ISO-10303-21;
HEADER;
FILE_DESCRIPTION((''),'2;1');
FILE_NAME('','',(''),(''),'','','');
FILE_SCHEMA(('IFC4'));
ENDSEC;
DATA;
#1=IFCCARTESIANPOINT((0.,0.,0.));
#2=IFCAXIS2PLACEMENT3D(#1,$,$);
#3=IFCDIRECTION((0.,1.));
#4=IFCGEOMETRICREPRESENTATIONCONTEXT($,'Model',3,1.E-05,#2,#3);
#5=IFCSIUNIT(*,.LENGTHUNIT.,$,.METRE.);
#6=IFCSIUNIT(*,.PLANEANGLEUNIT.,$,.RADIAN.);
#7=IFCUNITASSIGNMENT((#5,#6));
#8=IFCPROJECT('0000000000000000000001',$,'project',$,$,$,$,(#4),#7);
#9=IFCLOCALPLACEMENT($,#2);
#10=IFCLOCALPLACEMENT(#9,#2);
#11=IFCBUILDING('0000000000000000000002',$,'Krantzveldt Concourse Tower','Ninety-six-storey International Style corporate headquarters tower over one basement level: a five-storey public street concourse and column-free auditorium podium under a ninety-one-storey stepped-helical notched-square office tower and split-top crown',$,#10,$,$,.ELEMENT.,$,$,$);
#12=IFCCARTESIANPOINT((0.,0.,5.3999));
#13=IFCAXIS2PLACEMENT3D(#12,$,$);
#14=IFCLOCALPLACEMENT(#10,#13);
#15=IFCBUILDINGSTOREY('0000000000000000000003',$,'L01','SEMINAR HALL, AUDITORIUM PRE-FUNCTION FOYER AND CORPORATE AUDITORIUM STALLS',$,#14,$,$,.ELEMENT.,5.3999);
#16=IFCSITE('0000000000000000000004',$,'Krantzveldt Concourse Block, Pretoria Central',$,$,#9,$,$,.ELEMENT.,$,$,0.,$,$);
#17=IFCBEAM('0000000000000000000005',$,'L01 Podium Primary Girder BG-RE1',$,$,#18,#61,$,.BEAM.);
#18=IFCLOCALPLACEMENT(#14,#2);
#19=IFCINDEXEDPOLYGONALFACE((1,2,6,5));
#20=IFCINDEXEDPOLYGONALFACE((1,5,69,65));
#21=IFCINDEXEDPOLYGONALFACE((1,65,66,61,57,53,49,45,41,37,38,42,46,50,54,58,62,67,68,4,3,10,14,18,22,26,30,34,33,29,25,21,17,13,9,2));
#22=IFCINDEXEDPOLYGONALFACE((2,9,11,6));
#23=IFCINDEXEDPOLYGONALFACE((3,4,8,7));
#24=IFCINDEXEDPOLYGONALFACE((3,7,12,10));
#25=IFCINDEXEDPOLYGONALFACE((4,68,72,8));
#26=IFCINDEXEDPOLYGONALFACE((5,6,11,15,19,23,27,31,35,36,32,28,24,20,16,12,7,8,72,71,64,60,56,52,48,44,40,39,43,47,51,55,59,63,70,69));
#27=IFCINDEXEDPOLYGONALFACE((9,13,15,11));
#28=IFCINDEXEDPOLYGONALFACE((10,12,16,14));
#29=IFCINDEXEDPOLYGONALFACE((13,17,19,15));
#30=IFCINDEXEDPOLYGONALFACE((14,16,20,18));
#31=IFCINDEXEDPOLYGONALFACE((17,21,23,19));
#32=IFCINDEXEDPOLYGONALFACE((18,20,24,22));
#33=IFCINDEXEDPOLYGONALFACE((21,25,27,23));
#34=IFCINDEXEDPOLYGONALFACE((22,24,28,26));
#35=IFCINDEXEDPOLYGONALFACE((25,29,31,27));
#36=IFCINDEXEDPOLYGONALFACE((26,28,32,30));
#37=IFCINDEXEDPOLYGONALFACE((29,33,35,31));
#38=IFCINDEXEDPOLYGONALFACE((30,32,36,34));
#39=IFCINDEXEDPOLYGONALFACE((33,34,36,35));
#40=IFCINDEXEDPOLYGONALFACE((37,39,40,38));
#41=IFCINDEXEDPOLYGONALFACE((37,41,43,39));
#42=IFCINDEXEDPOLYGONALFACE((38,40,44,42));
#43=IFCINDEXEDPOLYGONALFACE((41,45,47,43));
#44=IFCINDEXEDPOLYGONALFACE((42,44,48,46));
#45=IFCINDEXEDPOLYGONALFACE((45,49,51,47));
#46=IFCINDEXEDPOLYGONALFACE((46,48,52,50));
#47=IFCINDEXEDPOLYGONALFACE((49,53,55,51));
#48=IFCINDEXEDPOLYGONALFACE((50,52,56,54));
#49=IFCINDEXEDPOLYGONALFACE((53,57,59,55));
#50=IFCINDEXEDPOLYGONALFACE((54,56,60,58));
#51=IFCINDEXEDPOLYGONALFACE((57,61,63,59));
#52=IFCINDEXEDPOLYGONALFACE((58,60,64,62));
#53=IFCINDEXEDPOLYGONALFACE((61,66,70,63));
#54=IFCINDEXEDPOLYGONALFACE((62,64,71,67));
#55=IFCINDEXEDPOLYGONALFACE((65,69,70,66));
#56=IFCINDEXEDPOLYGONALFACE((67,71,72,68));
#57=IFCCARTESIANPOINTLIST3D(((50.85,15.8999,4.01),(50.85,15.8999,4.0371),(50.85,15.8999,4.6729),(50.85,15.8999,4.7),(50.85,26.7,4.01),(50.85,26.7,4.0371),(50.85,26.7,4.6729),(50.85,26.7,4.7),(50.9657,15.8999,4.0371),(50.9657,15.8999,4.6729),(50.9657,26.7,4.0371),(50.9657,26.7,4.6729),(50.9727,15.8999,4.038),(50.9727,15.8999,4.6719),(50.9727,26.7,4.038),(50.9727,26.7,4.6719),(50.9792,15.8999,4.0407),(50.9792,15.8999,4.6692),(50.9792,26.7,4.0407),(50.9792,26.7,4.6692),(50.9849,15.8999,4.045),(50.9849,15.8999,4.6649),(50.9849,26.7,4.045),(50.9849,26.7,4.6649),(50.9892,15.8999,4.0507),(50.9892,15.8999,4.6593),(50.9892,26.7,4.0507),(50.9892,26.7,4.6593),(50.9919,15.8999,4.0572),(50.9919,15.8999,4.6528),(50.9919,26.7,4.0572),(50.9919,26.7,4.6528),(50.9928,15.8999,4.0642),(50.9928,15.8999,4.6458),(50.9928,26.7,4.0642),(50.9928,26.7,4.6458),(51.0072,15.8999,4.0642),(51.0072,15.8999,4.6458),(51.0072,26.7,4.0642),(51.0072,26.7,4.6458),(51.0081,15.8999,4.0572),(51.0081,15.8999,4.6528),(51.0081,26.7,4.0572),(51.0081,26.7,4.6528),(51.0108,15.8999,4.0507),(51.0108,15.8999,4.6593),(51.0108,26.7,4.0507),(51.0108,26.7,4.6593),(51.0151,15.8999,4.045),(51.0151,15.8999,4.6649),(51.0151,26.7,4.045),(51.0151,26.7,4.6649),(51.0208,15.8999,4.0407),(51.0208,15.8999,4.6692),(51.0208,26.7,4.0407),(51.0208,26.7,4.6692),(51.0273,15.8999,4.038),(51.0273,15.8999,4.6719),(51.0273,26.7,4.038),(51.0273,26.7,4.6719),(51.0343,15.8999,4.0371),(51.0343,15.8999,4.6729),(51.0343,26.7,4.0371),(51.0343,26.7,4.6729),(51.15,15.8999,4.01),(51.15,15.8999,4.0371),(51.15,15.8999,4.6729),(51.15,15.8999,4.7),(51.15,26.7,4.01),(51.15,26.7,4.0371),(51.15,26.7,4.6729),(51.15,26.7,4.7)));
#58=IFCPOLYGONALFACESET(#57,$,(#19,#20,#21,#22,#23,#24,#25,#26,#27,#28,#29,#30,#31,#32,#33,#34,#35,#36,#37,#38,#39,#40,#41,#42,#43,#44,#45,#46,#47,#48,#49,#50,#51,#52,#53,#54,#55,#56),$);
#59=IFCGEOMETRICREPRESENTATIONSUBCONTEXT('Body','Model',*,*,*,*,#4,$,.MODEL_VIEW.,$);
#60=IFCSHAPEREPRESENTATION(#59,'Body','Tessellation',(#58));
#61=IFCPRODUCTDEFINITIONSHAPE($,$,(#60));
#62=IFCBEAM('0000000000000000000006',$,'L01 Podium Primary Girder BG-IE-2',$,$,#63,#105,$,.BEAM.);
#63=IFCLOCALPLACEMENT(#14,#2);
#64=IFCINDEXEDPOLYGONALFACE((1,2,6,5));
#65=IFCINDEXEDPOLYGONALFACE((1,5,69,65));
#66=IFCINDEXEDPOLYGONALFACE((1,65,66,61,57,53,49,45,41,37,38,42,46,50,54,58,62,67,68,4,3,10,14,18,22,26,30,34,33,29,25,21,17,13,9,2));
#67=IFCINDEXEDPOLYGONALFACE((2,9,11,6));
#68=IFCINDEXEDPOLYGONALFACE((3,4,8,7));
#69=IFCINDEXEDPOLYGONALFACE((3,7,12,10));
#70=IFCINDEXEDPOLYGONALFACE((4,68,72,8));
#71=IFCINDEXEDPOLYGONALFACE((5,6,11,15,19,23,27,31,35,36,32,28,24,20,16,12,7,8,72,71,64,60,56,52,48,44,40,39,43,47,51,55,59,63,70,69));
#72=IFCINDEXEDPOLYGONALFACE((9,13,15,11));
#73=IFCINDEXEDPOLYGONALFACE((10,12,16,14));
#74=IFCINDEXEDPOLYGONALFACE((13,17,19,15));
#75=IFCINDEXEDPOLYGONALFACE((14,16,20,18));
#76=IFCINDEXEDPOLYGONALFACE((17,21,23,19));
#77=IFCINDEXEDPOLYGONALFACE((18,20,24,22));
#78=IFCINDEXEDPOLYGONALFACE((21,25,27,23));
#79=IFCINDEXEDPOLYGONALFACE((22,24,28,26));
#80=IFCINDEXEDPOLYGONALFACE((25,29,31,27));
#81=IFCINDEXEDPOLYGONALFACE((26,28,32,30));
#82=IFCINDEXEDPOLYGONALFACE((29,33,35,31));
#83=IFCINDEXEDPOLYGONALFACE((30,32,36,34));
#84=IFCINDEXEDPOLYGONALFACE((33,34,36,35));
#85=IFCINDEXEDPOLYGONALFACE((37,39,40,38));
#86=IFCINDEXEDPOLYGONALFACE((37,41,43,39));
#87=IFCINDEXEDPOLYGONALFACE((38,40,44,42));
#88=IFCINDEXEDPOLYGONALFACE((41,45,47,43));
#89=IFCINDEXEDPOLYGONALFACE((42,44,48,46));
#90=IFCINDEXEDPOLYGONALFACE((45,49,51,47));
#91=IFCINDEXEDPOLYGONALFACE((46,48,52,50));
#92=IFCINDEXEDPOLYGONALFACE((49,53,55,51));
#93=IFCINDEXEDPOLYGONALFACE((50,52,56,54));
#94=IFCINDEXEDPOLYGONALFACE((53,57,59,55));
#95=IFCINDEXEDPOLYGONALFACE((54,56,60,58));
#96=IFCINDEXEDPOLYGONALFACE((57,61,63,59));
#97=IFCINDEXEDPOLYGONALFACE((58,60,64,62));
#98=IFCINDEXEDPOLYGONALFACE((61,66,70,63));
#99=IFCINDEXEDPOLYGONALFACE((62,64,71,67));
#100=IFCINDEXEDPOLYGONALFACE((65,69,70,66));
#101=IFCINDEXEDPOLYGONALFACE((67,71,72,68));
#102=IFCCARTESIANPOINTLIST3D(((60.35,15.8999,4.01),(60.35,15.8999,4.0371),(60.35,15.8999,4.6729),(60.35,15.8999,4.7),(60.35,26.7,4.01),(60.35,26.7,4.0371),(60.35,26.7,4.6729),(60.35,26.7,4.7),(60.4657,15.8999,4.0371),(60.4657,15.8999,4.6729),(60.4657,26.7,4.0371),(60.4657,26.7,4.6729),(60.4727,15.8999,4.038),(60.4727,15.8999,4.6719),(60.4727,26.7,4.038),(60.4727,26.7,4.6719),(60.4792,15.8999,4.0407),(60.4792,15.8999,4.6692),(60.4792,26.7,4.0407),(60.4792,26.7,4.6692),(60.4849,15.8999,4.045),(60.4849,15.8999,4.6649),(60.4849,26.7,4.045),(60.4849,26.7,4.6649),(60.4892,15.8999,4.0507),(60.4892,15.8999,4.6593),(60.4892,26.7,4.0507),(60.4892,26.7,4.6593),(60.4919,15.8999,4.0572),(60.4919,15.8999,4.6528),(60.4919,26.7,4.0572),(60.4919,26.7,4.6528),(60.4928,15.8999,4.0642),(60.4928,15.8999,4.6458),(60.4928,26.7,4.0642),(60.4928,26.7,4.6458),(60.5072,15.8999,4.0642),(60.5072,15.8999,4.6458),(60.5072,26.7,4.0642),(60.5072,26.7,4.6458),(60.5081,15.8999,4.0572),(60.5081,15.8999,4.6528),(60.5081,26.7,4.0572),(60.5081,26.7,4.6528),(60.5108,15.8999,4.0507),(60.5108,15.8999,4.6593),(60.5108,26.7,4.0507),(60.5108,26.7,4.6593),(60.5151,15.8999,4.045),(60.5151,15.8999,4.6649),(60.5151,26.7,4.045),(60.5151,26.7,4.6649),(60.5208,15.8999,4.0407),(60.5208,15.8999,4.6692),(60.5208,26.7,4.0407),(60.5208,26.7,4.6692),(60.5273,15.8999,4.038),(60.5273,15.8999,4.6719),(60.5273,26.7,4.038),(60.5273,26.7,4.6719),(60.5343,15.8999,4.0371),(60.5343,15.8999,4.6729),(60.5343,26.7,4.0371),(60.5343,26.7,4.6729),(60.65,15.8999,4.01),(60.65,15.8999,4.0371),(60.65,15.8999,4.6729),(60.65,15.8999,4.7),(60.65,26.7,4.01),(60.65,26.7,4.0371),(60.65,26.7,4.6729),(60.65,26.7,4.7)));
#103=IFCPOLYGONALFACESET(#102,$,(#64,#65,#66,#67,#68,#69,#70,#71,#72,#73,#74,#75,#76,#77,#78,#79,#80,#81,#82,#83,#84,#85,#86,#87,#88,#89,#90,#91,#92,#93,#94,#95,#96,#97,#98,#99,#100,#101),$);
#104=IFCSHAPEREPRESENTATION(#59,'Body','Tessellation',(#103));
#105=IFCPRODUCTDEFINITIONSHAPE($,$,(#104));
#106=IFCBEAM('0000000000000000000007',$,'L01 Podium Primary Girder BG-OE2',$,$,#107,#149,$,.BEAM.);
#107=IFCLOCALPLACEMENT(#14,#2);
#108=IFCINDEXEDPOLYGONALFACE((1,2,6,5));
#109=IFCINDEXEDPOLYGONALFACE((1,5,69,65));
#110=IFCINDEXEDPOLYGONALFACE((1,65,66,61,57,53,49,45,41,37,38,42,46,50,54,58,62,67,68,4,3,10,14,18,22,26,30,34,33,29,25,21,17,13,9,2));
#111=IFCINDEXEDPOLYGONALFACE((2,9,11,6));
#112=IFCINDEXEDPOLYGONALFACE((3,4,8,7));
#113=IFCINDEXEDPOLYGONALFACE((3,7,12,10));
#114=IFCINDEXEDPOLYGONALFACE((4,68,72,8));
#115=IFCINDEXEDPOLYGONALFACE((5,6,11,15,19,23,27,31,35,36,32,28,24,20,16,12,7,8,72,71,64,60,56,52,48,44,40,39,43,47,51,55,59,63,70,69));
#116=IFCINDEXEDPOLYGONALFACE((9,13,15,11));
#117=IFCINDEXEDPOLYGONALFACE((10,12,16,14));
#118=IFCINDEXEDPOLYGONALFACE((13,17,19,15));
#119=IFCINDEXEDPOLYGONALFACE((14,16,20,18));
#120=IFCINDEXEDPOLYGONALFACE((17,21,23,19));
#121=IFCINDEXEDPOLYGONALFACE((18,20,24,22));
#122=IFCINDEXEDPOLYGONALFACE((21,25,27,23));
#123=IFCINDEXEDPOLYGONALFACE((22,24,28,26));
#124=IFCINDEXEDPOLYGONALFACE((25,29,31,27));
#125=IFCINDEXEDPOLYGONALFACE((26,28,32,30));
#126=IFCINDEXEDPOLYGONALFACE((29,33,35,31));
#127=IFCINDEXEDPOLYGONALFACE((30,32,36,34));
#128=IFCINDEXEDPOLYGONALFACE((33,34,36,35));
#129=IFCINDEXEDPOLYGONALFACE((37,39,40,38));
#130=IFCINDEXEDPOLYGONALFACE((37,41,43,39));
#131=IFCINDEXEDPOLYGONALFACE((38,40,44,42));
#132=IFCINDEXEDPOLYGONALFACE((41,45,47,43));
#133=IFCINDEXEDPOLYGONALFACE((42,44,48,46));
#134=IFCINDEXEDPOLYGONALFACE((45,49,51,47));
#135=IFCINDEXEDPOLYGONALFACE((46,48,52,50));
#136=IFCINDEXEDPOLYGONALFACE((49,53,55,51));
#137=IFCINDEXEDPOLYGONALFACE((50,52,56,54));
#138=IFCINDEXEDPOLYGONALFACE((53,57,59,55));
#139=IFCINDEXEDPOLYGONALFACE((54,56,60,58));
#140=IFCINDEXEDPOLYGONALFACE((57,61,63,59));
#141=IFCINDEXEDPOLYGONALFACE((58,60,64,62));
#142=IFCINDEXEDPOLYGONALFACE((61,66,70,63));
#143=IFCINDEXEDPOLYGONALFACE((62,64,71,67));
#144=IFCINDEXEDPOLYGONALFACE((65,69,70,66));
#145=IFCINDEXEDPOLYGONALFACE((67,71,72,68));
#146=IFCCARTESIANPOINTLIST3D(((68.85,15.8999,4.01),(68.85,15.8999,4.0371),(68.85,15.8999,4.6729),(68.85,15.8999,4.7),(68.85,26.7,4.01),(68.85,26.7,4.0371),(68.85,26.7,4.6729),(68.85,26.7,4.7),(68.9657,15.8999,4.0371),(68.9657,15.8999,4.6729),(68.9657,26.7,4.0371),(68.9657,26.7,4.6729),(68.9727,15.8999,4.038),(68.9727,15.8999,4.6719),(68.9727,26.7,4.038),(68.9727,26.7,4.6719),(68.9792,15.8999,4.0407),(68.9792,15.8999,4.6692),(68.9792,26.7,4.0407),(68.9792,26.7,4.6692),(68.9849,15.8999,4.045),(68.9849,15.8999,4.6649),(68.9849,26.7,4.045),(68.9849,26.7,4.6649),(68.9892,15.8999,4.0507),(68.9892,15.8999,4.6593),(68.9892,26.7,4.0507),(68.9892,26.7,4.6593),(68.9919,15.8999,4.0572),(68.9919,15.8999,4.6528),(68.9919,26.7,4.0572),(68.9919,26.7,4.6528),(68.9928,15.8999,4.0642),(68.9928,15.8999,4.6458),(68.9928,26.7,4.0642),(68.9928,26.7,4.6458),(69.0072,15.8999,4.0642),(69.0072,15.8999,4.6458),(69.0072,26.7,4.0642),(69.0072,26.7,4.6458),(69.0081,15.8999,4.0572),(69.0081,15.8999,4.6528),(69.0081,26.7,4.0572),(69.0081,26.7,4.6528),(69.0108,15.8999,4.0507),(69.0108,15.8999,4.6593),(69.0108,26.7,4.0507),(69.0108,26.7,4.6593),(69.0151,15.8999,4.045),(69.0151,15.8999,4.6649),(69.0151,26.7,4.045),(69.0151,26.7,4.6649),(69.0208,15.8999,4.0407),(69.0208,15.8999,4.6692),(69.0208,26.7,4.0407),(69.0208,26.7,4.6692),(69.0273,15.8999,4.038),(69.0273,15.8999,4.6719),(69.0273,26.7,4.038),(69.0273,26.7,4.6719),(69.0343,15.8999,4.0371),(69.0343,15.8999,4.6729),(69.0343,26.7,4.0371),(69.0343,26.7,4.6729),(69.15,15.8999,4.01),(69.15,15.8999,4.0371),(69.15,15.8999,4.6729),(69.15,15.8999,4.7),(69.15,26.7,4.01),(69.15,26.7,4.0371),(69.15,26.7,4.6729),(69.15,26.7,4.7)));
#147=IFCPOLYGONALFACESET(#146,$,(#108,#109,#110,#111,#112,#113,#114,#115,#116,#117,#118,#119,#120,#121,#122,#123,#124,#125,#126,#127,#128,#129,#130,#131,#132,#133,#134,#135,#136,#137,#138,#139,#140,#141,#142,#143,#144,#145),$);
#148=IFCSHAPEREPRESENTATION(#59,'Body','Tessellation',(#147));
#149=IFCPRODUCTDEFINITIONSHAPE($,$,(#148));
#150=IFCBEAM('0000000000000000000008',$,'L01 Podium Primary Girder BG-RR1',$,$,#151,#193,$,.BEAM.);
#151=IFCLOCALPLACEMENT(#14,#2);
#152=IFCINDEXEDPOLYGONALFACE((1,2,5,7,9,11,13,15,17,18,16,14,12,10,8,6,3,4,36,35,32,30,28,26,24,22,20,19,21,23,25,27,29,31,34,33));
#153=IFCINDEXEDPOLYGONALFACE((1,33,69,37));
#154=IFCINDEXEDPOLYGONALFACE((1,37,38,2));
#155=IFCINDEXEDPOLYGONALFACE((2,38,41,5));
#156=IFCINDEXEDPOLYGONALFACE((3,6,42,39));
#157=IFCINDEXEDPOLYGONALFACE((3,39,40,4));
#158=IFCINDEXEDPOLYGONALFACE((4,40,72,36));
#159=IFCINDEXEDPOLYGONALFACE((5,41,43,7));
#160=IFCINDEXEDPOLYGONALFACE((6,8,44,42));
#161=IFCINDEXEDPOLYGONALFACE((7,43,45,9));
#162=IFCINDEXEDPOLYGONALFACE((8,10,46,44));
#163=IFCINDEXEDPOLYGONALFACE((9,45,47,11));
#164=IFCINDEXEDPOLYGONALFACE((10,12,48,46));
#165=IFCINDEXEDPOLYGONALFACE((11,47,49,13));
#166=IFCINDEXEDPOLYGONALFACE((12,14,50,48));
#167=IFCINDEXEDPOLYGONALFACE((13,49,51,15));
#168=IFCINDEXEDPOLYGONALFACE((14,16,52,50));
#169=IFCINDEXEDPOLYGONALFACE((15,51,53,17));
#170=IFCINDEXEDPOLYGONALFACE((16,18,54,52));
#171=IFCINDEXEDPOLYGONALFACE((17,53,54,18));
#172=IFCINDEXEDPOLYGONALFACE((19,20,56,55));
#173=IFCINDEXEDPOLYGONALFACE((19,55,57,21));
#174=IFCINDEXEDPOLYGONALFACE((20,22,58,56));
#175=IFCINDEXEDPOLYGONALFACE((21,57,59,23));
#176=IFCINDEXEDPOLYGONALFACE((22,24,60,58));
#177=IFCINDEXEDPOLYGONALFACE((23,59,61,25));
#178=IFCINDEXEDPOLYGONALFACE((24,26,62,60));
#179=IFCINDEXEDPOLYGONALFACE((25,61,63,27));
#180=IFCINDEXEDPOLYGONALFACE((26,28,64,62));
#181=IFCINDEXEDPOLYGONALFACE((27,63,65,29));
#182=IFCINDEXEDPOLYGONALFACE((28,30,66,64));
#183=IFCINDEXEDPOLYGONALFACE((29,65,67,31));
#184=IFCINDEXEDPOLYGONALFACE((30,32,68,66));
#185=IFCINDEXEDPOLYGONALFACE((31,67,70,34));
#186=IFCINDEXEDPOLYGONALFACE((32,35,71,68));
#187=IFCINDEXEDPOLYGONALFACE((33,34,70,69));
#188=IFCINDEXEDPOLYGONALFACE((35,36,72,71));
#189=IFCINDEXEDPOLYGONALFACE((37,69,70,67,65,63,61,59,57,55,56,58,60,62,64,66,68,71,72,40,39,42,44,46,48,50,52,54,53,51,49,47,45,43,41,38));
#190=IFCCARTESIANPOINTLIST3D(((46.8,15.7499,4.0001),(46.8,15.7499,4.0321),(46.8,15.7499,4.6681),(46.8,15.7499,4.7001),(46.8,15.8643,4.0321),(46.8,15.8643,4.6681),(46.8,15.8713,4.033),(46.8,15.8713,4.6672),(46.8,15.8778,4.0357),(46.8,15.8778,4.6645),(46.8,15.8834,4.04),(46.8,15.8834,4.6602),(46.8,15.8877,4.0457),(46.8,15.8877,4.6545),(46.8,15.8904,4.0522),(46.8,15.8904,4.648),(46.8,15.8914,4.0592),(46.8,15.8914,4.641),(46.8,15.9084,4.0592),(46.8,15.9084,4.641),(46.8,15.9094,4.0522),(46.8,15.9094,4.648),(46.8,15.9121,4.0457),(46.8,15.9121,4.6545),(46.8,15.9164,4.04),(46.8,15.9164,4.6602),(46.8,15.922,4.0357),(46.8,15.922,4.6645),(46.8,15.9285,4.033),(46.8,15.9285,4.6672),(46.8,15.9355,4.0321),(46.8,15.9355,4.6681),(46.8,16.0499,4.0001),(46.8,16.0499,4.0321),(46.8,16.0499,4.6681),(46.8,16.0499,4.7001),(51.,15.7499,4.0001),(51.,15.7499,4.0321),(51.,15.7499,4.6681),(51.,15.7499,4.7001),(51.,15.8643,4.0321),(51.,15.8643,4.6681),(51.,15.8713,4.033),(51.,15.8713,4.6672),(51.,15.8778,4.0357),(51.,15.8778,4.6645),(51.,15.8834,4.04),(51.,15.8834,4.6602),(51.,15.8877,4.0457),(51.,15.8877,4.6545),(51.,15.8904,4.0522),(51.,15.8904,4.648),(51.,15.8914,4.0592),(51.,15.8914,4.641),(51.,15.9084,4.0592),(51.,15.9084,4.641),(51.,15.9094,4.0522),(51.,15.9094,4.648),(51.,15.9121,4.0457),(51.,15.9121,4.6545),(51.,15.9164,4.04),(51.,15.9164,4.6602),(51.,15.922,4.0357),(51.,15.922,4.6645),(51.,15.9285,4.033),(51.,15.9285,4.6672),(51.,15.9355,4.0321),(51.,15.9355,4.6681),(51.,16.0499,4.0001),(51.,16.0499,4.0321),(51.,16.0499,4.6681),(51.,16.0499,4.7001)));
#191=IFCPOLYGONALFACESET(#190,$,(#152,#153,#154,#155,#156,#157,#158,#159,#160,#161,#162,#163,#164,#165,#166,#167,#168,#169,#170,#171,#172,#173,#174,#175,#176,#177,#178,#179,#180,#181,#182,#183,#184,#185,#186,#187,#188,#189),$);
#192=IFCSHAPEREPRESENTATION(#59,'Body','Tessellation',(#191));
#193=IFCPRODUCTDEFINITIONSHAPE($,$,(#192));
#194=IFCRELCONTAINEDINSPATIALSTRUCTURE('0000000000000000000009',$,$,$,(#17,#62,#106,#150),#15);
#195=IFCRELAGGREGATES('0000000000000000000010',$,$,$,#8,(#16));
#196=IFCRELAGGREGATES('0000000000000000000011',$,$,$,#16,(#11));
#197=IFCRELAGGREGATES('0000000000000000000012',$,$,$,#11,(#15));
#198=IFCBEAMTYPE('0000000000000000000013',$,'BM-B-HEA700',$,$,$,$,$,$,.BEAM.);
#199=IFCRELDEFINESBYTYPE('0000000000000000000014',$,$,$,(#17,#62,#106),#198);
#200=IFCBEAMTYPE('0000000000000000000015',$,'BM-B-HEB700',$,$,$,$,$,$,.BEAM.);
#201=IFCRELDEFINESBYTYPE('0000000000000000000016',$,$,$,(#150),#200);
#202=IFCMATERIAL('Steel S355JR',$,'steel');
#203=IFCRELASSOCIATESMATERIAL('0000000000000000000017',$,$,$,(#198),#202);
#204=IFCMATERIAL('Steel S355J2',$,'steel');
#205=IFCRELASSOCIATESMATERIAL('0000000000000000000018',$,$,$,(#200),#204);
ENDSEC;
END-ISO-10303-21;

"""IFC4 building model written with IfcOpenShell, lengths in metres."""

from ifc_helpers import new_model, si_unit, direction, frame, origin, origin_2d, place, context, subcontext, project, spatial, i_section, extrude, source, transform, mapped, material, material_profile, profile_set, type_object, element, save


model = new_model("IFC4")

# Units and contexts
model_context = context("Model", 3, precision=1e-05, world=origin(), true_north=direction((0.0, 1.0)))
body_context = subcontext(model_context, "Body", "Model", "MODEL_VIEW")
ifc_project = project(units=[si_unit("LENGTHUNIT", "METRE"), si_unit("PLANEANGLEUNIT", "RADIAN")], contexts=[model_context])

# Site, building, storey
site_placement = place(None, origin())
site = spatial("IfcSite", under=ifc_project, at=site_placement, Name="Krantzveldt Concourse Block, Pretoria Central", CompositionType="ELEMENT", RefElevation=0.0)
building_placement = place(site_placement, origin())
building = spatial("IfcBuilding", under=site, at=building_placement, Name="Krantzveldt Concourse Tower", Description="Ninety-six-storey International Style corporate headquarters tower over one basement level: a five-storey public street concourse and column-free auditorium podium under a ninety-one-storey stepped-helical notched-square office tower and split-top crown", CompositionType="ELEMENT")
storey_placement = place(building_placement, frame((0.0, 0.0, 5.3999)))
storey = spatial("IfcBuildingStorey", under=building, at=storey_placement, Name="L01", Description="SEMINAR HALL, AUDITORIUM PRE-FUNCTION FOYER AND CORPORATE AUDITORIUM STALLS", CompositionType="ELEMENT", Elevation=5.3999)

# Beams
ifc_material_1 = material(Name="Steel S355J2", Category="steel")
ifc_material_2 = material(Name="Steel S355JR", Category="steel")
ifc_material_profile_1 = material_profile(ifc_material_2, i_section(OverallWidth=0.3, OverallDepth=0.6899, WebThickness=0.0144, FlangeThickness=0.0271, FilletRadius=0.0271, at=origin_2d()), Name="Steel S355JR", Category="steel")
ifc_profile_set_1 = profile_set([ifc_material_profile_1], Name="Steel S355JR - HEA 700")
beam_type_1 = type_object("IfcBeamType", Name="BM-B-HEA700", PredefinedType="BEAM", material=ifc_profile_set_1)
shared_shape_1 = source(origin(), body_context, "Body", "SweptSolid", [
    extrude(i_section(OverallWidth=0.3, OverallDepth=0.6899, WebThickness=0.0144, FlangeThickness=0.0271, FilletRadius=0.0271, at=origin_2d()), origin(), (0.0, 0.0, 1.0), 10.8),
])
for number, where, z_axis, x_axis, name in (
    (1, (51.0, 15.8999, 4.355), (0.0, 1.0, 0.0), (-1.0, 0.0, 0.0), "L01 Podium Primary Girder BG-RE1"),
    (2, (60.5, 15.8999, 4.355), (0.0, 1.0, 0.0), (-1.0, 0.0, 0.0), "L01 Podium Primary Girder BG-IE-2"),
    (3, (69.0, 15.8999, 4.355), (0.0, 1.0, 0.0), (-1.0, 0.0, 0.0), "L01 Podium Primary Girder BG-OE2"),
):
    element("IfcBeam", number, at=place(storey_placement, frame(where, z_axis=z_axis, x_axis=x_axis)), inside=storey, type_object=beam_type_1, Name=name, PredefinedType="BEAM", context=body_context, shape_type="MappedRepresentation", body=[
        mapped(shared_shape_1, transform((0.0, 0.0, 0.0), x_axis=(1.0, 0.0, 0.0), y_axis=(0.0, 1.0, 0.0), z_axis=(0.0, 0.0, 1.0), scale=1.0)),
    ])
ifc_material_profile_2 = material_profile(ifc_material_1, i_section(OverallWidth=0.3, OverallDepth=0.7, WebThickness=0.0171, FlangeThickness=0.032, FilletRadius=0.0271, at=origin_2d()), Name="Steel S355J2", Category="steel")
ifc_profile_set_2 = profile_set([ifc_material_profile_2], Name="Steel S355J2 - HEB 700")
beam_type_2 = type_object("IfcBeamType", Name="BM-B-HEB700", PredefinedType="BEAM", material=ifc_profile_set_2)
shared_shape_2 = source(origin(), body_context, "Body", "SweptSolid", [
    extrude(i_section(OverallWidth=0.3, OverallDepth=0.7, WebThickness=0.0171, FlangeThickness=0.032, FilletRadius=0.0271, at=origin_2d()), origin(), (0.0, 0.0, 1.0), 4.2),
])
beam_1_placement = place(storey_placement, frame((46.8, 15.8999, 4.3501), z_axis=(1.0, 0.0, 0.0), x_axis=(0.0, 1.0, 0.0)))
element("IfcBeam", 4, at=beam_1_placement, inside=storey, type_object=beam_type_2, Name="L01 Podium Primary Girder BG-RR1", PredefinedType="BEAM", context=body_context, shape_type="MappedRepresentation", body=[
    mapped(shared_shape_2, transform((0.0, 0.0, 0.0), x_axis=(1.0, 0.0, 0.0), y_axis=(0.0, 1.0, 0.0), z_axis=(0.0, 0.0, 1.0), scale=1.0)),
])

save(model, "model.ifc")
